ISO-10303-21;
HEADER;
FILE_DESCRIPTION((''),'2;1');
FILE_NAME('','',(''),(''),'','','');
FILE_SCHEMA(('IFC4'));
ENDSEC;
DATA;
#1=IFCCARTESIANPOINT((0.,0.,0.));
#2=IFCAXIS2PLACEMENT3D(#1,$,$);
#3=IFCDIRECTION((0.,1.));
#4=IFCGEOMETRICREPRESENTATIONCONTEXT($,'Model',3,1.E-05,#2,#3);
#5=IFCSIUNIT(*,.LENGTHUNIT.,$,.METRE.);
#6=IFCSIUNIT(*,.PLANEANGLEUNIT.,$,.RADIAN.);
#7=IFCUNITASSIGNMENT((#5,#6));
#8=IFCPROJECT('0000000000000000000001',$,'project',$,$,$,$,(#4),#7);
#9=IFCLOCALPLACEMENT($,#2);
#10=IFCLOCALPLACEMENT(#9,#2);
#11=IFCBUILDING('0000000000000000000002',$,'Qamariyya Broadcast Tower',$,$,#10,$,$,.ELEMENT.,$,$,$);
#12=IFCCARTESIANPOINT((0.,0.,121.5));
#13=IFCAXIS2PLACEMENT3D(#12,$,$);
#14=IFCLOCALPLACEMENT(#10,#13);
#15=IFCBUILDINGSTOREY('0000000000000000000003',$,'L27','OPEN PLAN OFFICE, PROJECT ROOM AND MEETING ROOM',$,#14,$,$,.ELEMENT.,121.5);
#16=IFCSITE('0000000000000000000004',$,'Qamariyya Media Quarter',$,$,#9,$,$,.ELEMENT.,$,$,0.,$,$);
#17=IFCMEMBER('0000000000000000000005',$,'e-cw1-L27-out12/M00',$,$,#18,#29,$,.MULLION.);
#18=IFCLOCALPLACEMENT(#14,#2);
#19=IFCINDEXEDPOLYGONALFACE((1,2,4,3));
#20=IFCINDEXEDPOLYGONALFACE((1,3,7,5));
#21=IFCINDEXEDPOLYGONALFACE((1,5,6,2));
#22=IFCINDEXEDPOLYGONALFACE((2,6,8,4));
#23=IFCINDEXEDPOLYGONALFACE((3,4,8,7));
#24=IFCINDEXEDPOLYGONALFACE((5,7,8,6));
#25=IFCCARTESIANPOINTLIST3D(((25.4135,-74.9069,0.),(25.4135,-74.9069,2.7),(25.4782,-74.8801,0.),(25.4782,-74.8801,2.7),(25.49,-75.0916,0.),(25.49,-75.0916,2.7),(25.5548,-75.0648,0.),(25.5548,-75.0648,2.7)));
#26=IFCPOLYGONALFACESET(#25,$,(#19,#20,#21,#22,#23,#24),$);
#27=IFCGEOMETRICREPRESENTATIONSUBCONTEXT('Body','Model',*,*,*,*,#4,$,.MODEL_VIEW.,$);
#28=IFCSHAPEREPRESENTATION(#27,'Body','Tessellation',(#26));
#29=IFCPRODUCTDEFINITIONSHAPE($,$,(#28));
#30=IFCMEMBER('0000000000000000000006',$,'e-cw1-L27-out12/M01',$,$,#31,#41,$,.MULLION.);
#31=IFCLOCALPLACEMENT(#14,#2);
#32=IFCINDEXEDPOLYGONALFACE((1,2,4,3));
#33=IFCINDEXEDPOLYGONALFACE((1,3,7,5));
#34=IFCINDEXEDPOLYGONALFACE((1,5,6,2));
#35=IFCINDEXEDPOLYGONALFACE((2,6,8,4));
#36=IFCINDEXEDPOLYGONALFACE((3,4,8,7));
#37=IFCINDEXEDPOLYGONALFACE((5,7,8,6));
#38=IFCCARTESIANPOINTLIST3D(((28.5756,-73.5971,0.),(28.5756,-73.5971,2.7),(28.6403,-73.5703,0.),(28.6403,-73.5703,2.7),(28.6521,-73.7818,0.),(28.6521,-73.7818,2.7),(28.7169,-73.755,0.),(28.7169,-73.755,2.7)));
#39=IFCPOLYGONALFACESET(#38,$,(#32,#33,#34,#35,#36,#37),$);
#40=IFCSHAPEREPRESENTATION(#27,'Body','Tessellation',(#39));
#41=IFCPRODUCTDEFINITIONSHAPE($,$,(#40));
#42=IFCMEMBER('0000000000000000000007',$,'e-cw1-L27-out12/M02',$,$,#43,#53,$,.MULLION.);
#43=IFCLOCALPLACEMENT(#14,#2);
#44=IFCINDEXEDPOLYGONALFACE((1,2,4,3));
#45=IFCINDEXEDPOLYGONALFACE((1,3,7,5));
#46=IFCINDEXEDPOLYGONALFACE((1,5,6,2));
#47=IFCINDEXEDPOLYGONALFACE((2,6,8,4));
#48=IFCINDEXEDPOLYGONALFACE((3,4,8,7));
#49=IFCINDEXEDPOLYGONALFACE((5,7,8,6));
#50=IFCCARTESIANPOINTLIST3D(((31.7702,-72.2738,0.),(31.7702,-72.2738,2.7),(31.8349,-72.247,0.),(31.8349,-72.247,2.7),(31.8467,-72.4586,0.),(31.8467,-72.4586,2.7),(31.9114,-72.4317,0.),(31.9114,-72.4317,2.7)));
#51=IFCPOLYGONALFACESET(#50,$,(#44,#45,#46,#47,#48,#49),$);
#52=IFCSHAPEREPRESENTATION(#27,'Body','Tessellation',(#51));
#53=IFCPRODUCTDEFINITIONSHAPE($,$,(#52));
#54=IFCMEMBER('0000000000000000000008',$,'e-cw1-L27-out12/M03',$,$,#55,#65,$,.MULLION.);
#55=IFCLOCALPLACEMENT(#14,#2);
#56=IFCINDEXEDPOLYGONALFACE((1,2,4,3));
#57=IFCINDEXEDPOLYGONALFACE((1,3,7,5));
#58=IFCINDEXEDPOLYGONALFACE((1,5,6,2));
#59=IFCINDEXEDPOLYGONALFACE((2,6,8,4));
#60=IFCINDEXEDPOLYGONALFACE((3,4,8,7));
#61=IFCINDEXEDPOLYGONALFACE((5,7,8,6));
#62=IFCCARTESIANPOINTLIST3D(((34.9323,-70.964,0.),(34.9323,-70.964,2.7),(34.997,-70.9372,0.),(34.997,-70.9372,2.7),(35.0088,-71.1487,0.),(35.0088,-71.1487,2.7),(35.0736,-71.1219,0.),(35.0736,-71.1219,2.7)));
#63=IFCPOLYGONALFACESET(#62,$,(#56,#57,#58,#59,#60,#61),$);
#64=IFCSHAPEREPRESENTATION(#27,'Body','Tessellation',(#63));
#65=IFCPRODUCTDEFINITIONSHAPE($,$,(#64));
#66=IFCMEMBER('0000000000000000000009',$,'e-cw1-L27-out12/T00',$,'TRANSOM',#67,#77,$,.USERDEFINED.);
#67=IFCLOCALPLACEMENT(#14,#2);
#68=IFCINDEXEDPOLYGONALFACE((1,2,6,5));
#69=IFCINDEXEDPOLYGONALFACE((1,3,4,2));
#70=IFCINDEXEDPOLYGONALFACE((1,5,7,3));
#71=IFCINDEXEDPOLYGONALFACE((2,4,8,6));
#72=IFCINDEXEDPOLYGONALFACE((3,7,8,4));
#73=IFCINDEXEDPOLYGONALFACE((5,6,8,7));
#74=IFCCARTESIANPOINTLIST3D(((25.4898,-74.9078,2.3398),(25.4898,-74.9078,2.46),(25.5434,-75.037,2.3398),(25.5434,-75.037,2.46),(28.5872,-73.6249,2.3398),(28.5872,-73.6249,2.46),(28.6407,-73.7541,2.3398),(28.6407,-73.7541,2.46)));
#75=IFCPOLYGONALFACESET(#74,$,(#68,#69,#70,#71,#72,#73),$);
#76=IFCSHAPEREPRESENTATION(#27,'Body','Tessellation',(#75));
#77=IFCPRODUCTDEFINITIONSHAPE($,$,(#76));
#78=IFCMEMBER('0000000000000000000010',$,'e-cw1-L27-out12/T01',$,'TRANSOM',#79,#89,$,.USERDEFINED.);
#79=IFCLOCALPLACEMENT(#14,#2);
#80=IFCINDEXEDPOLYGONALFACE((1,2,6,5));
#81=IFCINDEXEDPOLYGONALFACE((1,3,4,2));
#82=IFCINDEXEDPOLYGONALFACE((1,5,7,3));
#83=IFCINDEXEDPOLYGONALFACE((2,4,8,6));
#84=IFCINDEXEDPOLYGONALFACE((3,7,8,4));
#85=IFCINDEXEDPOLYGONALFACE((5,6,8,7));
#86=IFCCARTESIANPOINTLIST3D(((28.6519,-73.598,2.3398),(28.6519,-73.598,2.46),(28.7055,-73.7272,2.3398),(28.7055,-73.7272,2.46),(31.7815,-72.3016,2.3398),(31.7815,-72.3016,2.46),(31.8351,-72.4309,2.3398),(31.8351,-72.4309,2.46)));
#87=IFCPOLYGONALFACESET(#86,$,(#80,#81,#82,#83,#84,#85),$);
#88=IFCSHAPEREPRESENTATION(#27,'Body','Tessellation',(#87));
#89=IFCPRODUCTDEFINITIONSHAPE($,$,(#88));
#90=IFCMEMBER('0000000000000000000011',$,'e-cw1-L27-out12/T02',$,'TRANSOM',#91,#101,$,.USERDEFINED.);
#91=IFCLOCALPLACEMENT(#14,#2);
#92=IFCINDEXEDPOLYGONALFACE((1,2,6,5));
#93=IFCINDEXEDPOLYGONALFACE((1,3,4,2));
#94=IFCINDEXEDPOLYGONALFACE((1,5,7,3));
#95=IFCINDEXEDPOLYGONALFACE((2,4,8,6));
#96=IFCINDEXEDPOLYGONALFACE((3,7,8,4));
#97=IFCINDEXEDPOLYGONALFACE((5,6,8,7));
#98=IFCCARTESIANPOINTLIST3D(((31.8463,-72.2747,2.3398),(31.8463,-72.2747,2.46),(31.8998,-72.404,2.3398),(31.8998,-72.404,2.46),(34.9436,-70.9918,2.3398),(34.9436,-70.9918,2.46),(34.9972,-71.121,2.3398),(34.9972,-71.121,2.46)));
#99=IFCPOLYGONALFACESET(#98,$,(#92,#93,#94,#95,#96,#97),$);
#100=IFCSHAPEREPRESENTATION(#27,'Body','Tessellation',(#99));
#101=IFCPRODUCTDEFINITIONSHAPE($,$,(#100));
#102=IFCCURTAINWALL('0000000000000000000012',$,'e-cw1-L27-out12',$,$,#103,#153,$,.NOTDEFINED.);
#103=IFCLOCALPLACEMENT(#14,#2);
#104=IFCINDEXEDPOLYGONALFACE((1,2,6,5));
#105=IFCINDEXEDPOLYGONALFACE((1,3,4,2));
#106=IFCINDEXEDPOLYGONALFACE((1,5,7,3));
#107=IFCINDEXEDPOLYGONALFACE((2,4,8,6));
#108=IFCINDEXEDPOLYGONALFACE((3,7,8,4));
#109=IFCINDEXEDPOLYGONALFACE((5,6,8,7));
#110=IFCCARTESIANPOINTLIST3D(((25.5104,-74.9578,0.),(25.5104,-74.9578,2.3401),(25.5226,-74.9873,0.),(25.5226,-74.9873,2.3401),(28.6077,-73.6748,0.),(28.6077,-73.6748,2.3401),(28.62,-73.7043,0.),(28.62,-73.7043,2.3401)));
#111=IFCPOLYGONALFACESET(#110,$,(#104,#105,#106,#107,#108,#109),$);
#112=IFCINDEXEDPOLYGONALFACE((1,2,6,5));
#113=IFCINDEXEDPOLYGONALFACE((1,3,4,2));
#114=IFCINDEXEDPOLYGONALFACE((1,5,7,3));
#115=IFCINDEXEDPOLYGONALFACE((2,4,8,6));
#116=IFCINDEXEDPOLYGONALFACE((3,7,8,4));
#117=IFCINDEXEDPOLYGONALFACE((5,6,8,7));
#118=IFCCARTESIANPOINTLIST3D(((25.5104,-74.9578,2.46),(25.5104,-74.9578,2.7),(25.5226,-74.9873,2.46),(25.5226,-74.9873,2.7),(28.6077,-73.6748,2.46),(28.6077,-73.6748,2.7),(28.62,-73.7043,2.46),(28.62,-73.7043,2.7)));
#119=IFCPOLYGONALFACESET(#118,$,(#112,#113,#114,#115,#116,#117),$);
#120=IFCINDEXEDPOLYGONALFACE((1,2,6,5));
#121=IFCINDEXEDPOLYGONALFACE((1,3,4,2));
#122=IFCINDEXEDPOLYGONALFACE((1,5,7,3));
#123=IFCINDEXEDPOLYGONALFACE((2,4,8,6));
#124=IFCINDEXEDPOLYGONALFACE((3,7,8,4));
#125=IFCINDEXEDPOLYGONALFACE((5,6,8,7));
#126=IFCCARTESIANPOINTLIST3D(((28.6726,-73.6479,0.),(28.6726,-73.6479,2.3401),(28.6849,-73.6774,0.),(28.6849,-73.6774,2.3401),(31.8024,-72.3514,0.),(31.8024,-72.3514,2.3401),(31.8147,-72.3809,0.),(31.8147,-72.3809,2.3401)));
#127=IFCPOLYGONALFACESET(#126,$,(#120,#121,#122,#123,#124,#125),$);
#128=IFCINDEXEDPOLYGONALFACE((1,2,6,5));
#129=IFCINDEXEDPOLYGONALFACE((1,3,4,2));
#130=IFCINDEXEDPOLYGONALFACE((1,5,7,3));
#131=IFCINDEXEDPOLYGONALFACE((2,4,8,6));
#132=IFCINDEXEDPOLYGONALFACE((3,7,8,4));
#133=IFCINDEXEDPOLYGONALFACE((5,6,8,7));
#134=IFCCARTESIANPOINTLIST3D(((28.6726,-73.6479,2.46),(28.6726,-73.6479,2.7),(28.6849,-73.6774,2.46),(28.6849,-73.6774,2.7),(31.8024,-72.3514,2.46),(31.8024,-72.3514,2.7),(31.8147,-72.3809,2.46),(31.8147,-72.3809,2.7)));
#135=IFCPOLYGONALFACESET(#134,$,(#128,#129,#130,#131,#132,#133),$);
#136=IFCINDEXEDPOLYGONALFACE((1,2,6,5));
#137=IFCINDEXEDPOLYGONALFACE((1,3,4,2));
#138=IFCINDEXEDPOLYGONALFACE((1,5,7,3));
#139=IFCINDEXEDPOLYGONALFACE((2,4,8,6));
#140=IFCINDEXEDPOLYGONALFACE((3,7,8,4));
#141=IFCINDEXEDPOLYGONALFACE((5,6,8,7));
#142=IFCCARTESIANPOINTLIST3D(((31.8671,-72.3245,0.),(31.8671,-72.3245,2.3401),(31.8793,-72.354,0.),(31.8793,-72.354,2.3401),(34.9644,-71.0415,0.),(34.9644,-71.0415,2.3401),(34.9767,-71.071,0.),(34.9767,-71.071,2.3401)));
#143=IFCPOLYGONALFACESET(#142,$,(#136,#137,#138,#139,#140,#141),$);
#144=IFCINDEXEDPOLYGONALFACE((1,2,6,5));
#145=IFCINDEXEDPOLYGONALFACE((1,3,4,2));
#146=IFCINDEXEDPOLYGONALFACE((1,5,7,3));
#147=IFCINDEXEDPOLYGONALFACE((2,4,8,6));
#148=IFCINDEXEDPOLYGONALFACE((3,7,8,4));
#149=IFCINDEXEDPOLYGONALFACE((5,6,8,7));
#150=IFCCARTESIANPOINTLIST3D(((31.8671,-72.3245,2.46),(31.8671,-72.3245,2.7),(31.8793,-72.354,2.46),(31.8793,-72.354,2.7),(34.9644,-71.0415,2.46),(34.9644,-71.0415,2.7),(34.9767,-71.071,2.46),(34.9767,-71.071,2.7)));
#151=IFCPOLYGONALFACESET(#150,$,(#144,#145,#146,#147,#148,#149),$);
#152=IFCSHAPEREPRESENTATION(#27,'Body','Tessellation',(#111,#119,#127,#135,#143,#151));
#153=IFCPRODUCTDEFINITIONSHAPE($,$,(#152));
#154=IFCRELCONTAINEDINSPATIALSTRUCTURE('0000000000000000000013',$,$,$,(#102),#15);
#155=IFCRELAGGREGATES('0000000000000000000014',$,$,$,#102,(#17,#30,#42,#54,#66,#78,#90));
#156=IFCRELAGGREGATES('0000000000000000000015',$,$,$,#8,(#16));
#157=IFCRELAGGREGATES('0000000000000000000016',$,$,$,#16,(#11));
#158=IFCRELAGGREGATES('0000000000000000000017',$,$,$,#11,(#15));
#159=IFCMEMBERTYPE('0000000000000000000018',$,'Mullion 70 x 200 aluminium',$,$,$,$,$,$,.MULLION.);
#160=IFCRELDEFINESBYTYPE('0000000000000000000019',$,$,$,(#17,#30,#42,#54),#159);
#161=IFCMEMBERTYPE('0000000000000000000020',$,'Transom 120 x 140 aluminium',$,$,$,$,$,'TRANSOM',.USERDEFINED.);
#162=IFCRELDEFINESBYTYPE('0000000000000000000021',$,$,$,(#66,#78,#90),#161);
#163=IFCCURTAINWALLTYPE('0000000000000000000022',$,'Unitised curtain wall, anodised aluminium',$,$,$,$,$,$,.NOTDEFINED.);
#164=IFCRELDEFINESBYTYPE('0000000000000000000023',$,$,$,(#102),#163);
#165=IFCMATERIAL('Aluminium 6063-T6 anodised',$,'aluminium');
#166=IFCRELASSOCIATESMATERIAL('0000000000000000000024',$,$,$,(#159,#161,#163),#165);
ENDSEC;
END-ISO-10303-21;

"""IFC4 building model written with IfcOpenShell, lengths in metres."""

from ifc_helpers import new_model, si_unit, direction, frame, origin, origin_2d, place, context, subcontext, project, spatial, rectangle, extrude, material, material_profile, profile_set, type_object, element, aggregate, save


model = new_model("IFC4")

# Units and contexts
model_context = context("Model", 3, precision=1e-05, world=origin(), true_north=direction((0.0, 1.0)))
body_context = subcontext(model_context, "Body", "Model", "MODEL_VIEW")
ifc_project = project(units=[si_unit("LENGTHUNIT", "METRE"), si_unit("PLANEANGLEUNIT", "RADIAN")], contexts=[model_context])

# Members
ifc_material = material(Name="Aluminium 6063-T6 anodised", Category="aluminium")
ifc_material_profile_1 = material_profile(ifc_material, rectangle(XDim=0.2, YDim=0.0701, at=origin_2d()))
ifc_profile_set_1 = profile_set([ifc_material_profile_1], Name="Aluminium 6063-T6 anodised")
member_type_1 = type_object("IfcMemberType", Name="Mullion 70 x 200 aluminium", PredefinedType="MULLION", material=ifc_profile_set_1)
site_placement = place(None, origin())
building_placement = place(site_placement, origin())
storey_placement = place(building_placement, frame((0.0, 0.0, 121.5)))
member_1_placement = place(storey_placement, frame((25.4841, -74.9858, 0.0), z_axis=(0.0, 0.0, 1.0), x_axis=(-0.382683, 0.92388, 0.0)))
member_1 = element("IfcMember", 1, at=member_1_placement, type_object=member_type_1, Name="e-cw1-L27-out12/M00", PredefinedType="MULLION", context=body_context, shape_type="SweptSolid", body=[
    extrude(rectangle(XDim=0.2, YDim=0.0701, at=origin_2d()), origin(), (0.0, 0.0, 1.0), 2.7),
])
member_2_placement = place(storey_placement, frame((28.6462, -73.676, 0.0), z_axis=(0.0, 0.0, 1.0), x_axis=(-0.382683, 0.92388, 0.0)))
member_2 = element("IfcMember", 2, at=member_2_placement, type_object=member_type_1, Name="e-cw1-L27-out12/M01", PredefinedType="MULLION", context=body_context, shape_type="SweptSolid", body=[
    extrude(rectangle(XDim=0.2, YDim=0.0701, at=origin_2d()), origin(), (0.0, 0.0, 1.0), 2.7),
])
member_3_placement = place(storey_placement, frame((31.8408, -72.3528, 0.0), z_axis=(0.0, 0.0, 1.0), x_axis=(-0.382683, 0.92388, 0.0)))
member_3 = element("IfcMember", 3, at=member_3_placement, type_object=member_type_1, Name="e-cw1-L27-out12/M02", PredefinedType="MULLION", context=body_context, shape_type="SweptSolid", body=[
    extrude(rectangle(XDim=0.2, YDim=0.0701, at=origin_2d()), origin(), (0.0, 0.0, 1.0), 2.7),
])
member_4_placement = place(storey_placement, frame((35.0029, -71.043, 0.0), z_axis=(0.0, 0.0, 1.0), x_axis=(-0.382683, 0.92388, 0.0)))
member_4 = element("IfcMember", 4, at=member_4_placement, type_object=member_type_1, Name="e-cw1-L27-out12/M03", PredefinedType="MULLION", context=body_context, shape_type="SweptSolid", body=[
    extrude(rectangle(XDim=0.2, YDim=0.0701, at=origin_2d()), origin(), (0.0, 0.0, 1.0), 2.7),
])
ifc_material_profile_2 = material_profile(ifc_material, rectangle(XDim=0.1399, YDim=0.1201, at=origin_2d()))
ifc_profile_set_2 = profile_set([ifc_material_profile_2], Name="Aluminium 6063-T6 anodised")
member_type_2 = type_object("IfcMemberType", Name="Transom 120 x 140 aluminium", ElementType="TRANSOM", PredefinedType="USERDEFINED", material=ifc_profile_set_2)
member_5_placement = place(storey_placement, frame((25.5166, -74.9724, 2.3999), z_axis=(0.923883, 0.382676, 0.0), x_axis=(-0.382676, 0.923883, 0.0)))
member_5 = element("IfcMember", 5, at=member_5_placement, type_object=member_type_2, Name="e-cw1-L27-out12/T00", ObjectType="TRANSOM", PredefinedType="USERDEFINED", context=body_context, shape_type="SweptSolid", body=[
    extrude(rectangle(XDim=0.1399, YDim=0.1201, at=origin_2d()), origin(), (0.0, 0.0, 1.0), 3.3525),
])
member_6_placement = place(storey_placement, frame((28.6787, -73.6626, 2.3999), z_axis=(0.923875, 0.382696, 0.0), x_axis=(-0.382696, 0.923875, 0.0)))
member_6 = element("IfcMember", 6, at=member_6_placement, type_object=member_type_2, Name="e-cw1-L27-out12/T01", ObjectType="TRANSOM", PredefinedType="USERDEFINED", context=body_context, shape_type="SweptSolid", body=[
    extrude(rectangle(XDim=0.1399, YDim=0.1201, at=origin_2d()), origin(), (0.0, 0.0, 1.0), 3.3875),
])
member_7_placement = place(storey_placement, frame((31.873, -72.3394, 2.3999), z_axis=(0.923883, 0.382676, 0.0), x_axis=(-0.382676, 0.923883, 0.0)))
member_7 = element("IfcMember", 7, at=member_7_placement, type_object=member_type_2, Name="e-cw1-L27-out12/T02", ObjectType="TRANSOM", PredefinedType="USERDEFINED", context=body_context, shape_type="SweptSolid", body=[
    extrude(rectangle(XDim=0.1399, YDim=0.1201, at=origin_2d()), origin(), (0.0, 0.0, 1.0), 3.3525),
])

# Site, building, storey
site = spatial("IfcSite", under=ifc_project, at=site_placement, Name="Qamariyya Media Quarter", CompositionType="ELEMENT", RefElevation=0.0)
building = spatial("IfcBuilding", under=site, at=building_placement, Name="Qamariyya Broadcast Tower", CompositionType="ELEMENT")
storey = spatial("IfcBuildingStorey", under=building, at=storey_placement, Name="L27", Description="OPEN PLAN OFFICE, PROJECT ROOM AND MEETING ROOM", CompositionType="ELEMENT", Elevation=121.5)

# Curtain wall
curtain_wall_type = type_object("IfcCurtainWallType", Name="Unitised curtain wall, anodised aluminium", PredefinedType="NOTDEFINED", material=ifc_material)
curtain_wall_1_placement = place(storey_placement, origin())
curtain_wall_1 = element("IfcCurtainWall", 8, at=curtain_wall_1_placement, inside=storey, type_object=curtain_wall_type, Name="e-cw1-L27-out12", PredefinedType="NOTDEFINED", context=body_context, shape_type="SweptSolid", body=[
    extrude(rectangle(XDim=3.3525, YDim=0.032, at=origin_2d()), frame((27.0652, -74.3311, 0.0), x_axis=(0.923872, 0.382701, 0.0)), (0.0, 0.0, 1.0), 2.3401),
    extrude(rectangle(XDim=3.3525, YDim=0.032, at=origin_2d()), frame((27.0652, -74.3311, 2.46), x_axis=(0.923872, 0.382701, 0.0)), (0.0, 0.0, 1.0), 0.24),
    extrude(rectangle(XDim=3.3877, YDim=0.032, at=origin_2d()), frame((30.2437, -73.0144, 0.0), x_axis=(0.923872, 0.382701, 0.0)), (0.0, 0.0, 1.0), 2.3401),
    extrude(rectangle(XDim=3.3877, YDim=0.032, at=origin_2d()), frame((30.2437, -73.0144, 2.46), x_axis=(0.923872, 0.382701, 0.0)), (0.0, 0.0, 1.0), 0.24),
    extrude(rectangle(XDim=3.3525, YDim=0.032, at=origin_2d()), frame((33.4219, -71.6978, 0.0), x_axis=(0.923872, 0.382701, 0.0)), (0.0, 0.0, 1.0), 2.3401),
    extrude(rectangle(XDim=3.3525, YDim=0.032, at=origin_2d()), frame((33.4219, -71.6978, 2.46), x_axis=(0.923872, 0.382701, 0.0)), (0.0, 0.0, 1.0), 0.24),
])
aggregate(curtain_wall_1, [member_1, member_2, member_3, member_4, member_5, member_6, member_7])

save(model, "model.ifc")
